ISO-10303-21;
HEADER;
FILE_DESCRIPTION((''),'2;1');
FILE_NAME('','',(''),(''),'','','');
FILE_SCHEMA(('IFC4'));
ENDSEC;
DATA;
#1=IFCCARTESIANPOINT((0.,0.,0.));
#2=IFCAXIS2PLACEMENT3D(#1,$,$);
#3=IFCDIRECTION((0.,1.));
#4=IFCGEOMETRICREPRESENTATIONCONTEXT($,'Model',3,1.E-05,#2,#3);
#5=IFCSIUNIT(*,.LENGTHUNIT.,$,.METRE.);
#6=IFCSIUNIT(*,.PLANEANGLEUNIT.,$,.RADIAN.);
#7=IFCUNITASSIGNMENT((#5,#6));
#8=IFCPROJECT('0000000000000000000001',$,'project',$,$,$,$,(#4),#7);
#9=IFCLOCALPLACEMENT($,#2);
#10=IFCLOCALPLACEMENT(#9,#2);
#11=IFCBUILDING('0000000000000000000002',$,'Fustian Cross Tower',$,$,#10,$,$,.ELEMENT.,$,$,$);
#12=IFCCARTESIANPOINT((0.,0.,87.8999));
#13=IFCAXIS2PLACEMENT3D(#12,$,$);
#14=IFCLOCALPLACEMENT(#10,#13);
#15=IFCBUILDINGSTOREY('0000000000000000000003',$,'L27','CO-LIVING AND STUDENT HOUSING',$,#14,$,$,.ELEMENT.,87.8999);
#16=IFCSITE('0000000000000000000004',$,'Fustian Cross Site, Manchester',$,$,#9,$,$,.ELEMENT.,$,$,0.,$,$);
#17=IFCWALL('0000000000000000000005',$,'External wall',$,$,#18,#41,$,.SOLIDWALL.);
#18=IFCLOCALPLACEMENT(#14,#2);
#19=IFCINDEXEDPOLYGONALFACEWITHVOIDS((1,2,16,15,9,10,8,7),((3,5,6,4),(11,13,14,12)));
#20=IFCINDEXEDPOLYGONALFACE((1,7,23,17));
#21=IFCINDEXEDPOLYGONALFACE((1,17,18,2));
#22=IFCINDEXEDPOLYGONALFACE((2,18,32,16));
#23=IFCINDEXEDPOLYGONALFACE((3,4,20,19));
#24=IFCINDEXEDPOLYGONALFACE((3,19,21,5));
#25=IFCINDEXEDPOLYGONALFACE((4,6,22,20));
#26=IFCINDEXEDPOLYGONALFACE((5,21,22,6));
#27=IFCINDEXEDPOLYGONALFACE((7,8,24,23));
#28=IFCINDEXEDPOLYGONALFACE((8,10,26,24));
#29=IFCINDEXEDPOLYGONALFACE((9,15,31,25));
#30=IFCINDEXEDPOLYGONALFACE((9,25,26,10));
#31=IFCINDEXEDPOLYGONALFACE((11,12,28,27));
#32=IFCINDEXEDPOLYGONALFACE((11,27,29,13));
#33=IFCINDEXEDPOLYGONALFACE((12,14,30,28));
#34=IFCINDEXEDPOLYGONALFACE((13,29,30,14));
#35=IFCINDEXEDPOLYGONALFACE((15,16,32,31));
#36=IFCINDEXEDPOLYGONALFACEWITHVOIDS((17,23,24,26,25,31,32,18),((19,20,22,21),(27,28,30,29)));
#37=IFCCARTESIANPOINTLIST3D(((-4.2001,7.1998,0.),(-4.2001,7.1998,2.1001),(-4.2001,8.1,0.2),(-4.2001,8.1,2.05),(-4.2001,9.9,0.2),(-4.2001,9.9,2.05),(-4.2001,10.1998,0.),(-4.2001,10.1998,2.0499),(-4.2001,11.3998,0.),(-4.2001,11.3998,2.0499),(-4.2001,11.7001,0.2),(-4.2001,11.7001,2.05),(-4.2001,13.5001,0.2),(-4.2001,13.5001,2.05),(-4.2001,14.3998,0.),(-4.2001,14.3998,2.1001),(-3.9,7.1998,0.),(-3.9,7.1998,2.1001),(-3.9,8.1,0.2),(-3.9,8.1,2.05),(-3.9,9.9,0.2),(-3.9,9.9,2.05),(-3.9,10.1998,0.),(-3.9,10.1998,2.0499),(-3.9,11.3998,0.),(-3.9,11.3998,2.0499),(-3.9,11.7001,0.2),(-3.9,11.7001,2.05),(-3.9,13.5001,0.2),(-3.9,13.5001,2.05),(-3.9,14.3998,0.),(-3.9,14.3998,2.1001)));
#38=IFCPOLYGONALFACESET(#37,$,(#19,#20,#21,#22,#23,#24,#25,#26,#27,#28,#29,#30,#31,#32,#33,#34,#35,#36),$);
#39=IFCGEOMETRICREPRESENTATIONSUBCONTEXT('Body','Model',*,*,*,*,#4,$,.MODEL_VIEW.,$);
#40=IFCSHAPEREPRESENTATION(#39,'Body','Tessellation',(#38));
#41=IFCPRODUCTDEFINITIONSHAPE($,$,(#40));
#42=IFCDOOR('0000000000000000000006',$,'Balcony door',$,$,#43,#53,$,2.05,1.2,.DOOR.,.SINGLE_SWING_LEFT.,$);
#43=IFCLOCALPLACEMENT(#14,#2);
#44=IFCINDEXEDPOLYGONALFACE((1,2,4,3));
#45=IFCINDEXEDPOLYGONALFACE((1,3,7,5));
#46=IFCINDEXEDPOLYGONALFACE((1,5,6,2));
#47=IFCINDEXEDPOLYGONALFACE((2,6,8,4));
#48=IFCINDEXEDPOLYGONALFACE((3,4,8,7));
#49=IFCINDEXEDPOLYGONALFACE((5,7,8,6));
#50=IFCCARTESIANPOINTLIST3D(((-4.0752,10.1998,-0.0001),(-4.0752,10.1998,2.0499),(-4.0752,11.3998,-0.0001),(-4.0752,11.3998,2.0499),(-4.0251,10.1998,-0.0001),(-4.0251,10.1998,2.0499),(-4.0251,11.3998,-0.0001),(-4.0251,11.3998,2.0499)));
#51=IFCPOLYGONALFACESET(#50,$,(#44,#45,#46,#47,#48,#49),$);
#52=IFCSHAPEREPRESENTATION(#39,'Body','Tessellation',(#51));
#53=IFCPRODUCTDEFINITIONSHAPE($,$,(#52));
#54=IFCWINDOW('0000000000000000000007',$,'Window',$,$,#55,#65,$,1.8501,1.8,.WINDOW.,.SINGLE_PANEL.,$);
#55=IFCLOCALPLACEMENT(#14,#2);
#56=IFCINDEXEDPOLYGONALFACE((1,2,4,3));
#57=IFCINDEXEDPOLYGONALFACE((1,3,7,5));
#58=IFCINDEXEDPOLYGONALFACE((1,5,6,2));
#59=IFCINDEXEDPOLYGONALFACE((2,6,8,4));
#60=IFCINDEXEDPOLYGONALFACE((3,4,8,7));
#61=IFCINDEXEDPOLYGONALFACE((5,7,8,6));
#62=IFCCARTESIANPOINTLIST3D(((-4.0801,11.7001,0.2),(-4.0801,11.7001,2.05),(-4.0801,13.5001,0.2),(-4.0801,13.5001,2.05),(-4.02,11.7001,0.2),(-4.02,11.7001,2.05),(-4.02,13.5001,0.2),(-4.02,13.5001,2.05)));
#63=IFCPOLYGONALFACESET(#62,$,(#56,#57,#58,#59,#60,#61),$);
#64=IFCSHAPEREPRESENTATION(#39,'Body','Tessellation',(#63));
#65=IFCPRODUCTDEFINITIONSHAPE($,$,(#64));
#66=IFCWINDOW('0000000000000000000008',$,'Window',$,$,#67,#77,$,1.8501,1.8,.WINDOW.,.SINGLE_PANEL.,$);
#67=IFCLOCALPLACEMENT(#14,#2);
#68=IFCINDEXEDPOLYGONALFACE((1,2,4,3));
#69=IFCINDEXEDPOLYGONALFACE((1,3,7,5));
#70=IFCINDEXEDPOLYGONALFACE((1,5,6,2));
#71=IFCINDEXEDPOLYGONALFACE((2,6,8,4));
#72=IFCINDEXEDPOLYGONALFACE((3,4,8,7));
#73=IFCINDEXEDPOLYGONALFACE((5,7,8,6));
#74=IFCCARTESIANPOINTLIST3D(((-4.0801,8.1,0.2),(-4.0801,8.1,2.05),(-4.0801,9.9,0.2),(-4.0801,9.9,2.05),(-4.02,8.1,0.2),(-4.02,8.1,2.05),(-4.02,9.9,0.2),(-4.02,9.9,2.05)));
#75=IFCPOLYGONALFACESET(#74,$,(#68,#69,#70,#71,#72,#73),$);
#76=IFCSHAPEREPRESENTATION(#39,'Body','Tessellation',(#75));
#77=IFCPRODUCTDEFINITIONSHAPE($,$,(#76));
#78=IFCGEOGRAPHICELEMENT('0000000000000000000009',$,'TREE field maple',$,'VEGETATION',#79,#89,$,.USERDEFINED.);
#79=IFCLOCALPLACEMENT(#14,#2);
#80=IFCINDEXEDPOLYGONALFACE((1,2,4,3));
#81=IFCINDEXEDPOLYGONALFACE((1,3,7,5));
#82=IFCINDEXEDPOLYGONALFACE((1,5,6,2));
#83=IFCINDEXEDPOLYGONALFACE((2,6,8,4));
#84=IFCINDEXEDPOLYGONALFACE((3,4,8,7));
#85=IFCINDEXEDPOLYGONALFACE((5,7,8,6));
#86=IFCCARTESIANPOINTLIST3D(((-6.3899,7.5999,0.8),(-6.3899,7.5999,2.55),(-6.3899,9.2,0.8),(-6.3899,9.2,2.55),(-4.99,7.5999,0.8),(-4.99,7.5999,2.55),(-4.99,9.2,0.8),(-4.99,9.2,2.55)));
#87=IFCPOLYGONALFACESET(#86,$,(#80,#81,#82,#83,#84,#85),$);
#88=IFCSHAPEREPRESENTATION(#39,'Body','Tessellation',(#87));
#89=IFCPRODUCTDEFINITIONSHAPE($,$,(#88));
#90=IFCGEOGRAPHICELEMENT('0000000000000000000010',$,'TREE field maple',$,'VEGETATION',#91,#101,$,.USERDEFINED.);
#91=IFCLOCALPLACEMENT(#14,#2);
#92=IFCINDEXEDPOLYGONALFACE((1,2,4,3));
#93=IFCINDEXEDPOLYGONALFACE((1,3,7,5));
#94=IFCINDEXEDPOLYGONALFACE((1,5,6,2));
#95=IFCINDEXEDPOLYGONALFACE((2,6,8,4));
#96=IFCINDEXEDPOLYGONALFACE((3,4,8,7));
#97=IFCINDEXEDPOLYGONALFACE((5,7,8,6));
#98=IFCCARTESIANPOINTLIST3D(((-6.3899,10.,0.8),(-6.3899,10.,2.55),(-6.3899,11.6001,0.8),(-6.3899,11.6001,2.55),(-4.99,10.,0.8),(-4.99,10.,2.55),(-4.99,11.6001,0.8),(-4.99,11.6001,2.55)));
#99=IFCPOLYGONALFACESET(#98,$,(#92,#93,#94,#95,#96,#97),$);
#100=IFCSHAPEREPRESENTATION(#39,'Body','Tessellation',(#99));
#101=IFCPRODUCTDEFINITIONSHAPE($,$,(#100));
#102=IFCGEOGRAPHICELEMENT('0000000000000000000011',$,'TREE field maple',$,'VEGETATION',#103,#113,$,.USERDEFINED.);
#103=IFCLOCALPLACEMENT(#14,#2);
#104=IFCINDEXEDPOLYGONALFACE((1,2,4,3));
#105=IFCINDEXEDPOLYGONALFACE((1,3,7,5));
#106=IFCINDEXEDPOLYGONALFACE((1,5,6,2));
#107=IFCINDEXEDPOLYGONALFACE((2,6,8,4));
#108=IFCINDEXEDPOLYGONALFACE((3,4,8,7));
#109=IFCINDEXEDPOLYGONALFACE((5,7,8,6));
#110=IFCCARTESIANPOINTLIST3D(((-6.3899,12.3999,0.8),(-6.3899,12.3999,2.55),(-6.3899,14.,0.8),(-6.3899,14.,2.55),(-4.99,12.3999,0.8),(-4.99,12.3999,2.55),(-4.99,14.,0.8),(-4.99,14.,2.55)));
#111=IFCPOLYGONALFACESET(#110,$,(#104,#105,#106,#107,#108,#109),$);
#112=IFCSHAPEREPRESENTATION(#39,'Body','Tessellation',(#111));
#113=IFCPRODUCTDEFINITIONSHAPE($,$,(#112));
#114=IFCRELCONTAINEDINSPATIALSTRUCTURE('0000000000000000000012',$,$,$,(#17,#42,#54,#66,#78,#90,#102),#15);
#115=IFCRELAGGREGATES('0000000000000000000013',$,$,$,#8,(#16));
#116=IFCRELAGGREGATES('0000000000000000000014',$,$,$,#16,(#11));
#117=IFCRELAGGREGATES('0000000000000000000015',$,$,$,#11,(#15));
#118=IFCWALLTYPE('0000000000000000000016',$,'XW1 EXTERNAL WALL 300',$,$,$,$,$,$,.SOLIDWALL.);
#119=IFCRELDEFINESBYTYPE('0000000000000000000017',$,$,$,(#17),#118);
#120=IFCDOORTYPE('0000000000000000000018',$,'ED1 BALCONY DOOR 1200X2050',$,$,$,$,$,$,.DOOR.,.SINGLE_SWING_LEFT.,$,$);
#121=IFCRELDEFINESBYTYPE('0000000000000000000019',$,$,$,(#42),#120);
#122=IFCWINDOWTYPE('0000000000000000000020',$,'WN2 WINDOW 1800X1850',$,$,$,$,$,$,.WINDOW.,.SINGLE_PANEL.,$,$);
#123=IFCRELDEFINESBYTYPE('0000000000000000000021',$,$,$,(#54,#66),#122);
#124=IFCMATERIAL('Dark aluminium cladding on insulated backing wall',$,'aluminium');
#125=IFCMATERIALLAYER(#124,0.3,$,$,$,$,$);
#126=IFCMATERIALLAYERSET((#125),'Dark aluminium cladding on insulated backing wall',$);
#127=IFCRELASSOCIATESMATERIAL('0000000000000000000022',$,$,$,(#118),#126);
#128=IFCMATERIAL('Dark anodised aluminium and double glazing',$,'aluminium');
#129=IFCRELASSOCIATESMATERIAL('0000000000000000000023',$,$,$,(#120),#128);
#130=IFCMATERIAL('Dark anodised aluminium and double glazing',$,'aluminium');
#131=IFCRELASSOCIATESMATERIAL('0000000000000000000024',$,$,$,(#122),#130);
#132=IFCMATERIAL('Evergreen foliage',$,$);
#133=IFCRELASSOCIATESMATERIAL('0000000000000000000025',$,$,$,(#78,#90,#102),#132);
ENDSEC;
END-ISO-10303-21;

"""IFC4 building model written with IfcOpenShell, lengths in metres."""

from ifc_helpers import new_model, si_unit, direction, frame, frame_2d, origin, origin_2d, place, context, subcontext, project, spatial, rectangle, extrude, material, layer, layer_set, type_object, element, fill, save


model = new_model("IFC4")

# Units and contexts
model_context = context("Model", 3, precision=1e-05, world=origin(), true_north=direction((0.0, 1.0)))
body_context = subcontext(model_context, "Body", "Model", "MODEL_VIEW")
ifc_project = project(units=[si_unit("LENGTHUNIT", "METRE"), si_unit("PLANEANGLEUNIT", "RADIAN")], contexts=[model_context])

# Site, building, storey
site_placement = place(None, origin())
site = spatial("IfcSite", under=ifc_project, at=site_placement, Name="Fustian Cross Site, Manchester", CompositionType="ELEMENT", RefElevation=0.0)
building_placement = place(site_placement, origin())
building = spatial("IfcBuilding", under=site, at=building_placement, Name="Fustian Cross Tower", CompositionType="ELEMENT")
storey_placement = place(building_placement, frame((0.0, 0.0, 87.8999)))
storey = spatial("IfcBuildingStorey", under=building, at=storey_placement, Name="L27", Description="CO-LIVING AND STUDENT HOUSING", CompositionType="ELEMENT", Elevation=87.8999)

# Shared definitions
ifc_material_1 = material(Name="Dark aluminium cladding on insulated backing wall", Category="aluminium")
ifc_layer_1 = layer(ifc_material_1, 0.3)
ifc_layer_set_1 = layer_set([ifc_layer_1], Name="Dark aluminium cladding on insulated backing wall")
wall_type_1 = type_object("IfcWallType", Name="XW1 EXTERNAL WALL 300", PredefinedType="SOLIDWALL", material=ifc_layer_set_1)

# Wall, openings, door, windows
wall_1_placement = place(storey_placement, frame((-4.05, 14.3999, 0.0), z_axis=(0.0, 0.0, 1.0), x_axis=(0.0, -1.0, 0.0)))
wall_1 = element("IfcWall", 1, at=wall_1_placement, inside=storey, type_object=wall_type_1, Name="External wall", PredefinedType="SOLIDWALL", context=body_context, shape_type="SweptSolid", body=[
    extrude(rectangle(XDim=7.2, YDim=0.3, at=frame_2d((3.6001, 0.0))), origin(), (0.0, 0.0, 1.0), 2.1001),
])
opening_1_placement = place(wall_1_placement, frame((3.0, 0.0, 0.0)))
opening_1 = element("IfcOpeningElement", 2, at=opening_1_placement, cuts=wall_1, PredefinedType="OPENING", context=body_context, shape_type="SweptSolid", body=[
    extrude(rectangle(XDim=1.2, YDim=2.05, at=frame_2d((0.6001, 1.0249))), frame((0.0, 0.1599, 0.0), z_axis=(0.0, -1.0, 0.0), x_axis=(1.0, 0.0, 0.0)), (0.0, 0.0, 1.0), 0.3201),
])
opening_2_placement = place(wall_1_placement, frame((0.8999, 0.0, 0.2)))
opening_2 = element("IfcOpeningElement", 3, at=opening_2_placement, cuts=wall_1, PredefinedType="OPENING", context=body_context, shape_type="SweptSolid", body=[
    extrude(rectangle(XDim=1.8, YDim=1.8501, at=frame_2d((0.8999, 0.925))), frame((0.0, 0.1599, 0.0), z_axis=(0.0, -1.0, 0.0), x_axis=(1.0, 0.0, 0.0)), (0.0, 0.0, 1.0), 0.3201),
])
opening_3_placement = place(wall_1_placement, frame((4.5, 0.0, 0.2)))
opening_3 = element("IfcOpeningElement", 4, at=opening_3_placement, cuts=wall_1, PredefinedType="OPENING", context=body_context, shape_type="SweptSolid", body=[
    extrude(rectangle(XDim=1.8, YDim=1.8501, at=frame_2d((0.8999, 0.925))), frame((0.0, 0.1599, 0.0), z_axis=(0.0, -1.0, 0.0), x_axis=(1.0, 0.0, 0.0)), (0.0, 0.0, 1.0), 0.3201),
])
ifc_material_2 = material(Name="Dark anodised aluminium and double glazing", Category="aluminium")
door_type_1 = type_object("IfcDoorType", Name="ED1 BALCONY DOOR 1200X2050", OperationType="SINGLE_SWING_LEFT", PredefinedType="DOOR", material=ifc_material_2)
door_1_placement = place(opening_1_placement, origin())
door_1 = element("IfcDoor", 5, at=door_1_placement, inside=storey, type_object=door_type_1, Name="Balcony door", OperationType="SINGLE_SWING_LEFT", OverallHeight=2.05, OverallWidth=1.2, PredefinedType="DOOR", context=body_context, shape_type="SweptSolid", body=[
    extrude(rectangle(XDim=1.2, YDim=2.05, at=frame_2d((0.6001, 1.0249))), frame((0.0, 0.0249, 0.0), z_axis=(0.0, -1.0, 0.0), x_axis=(1.0, 0.0, 0.0)), (0.0, 0.0, 1.0), 0.05),
])
fill(opening_1, door_1)
ifc_material_3 = material(Name="Dark anodised aluminium and double glazing", Category="aluminium")
window_type_1 = type_object("IfcWindowType", Name="WN2 WINDOW 1800X1850", PartitioningType="SINGLE_PANEL", PredefinedType="WINDOW", material=ifc_material_3)
window_1_placement = place(opening_2_placement, origin())
window_1 = element("IfcWindow", 6, at=window_1_placement, inside=storey, type_object=window_type_1, Name="Window", OverallHeight=1.8501, OverallWidth=1.8, PartitioningType="SINGLE_PANEL", PredefinedType="WINDOW", context=body_context, shape_type="SweptSolid", body=[
    extrude(rectangle(XDim=1.8, YDim=1.8501, at=frame_2d((0.8999, 0.925))), frame((0.0, 0.03, 0.0), z_axis=(0.0, -1.0, 0.0), x_axis=(1.0, 0.0, 0.0)), (0.0, 0.0, 1.0), 0.0601),
])
fill(opening_2, window_1)
window_2_placement = place(opening_3_placement, origin())
window_2 = element("IfcWindow", 7, at=window_2_placement, inside=storey, type_object=window_type_1, Name="Window", OverallHeight=1.8501, OverallWidth=1.8, PartitioningType="SINGLE_PANEL", PredefinedType="WINDOW", context=body_context, shape_type="SweptSolid", body=[
    extrude(rectangle(XDim=1.8, YDim=1.8501, at=frame_2d((0.8999, 0.925))), frame((0.0, 0.03, 0.0), z_axis=(0.0, -1.0, 0.0), x_axis=(1.0, 0.0, 0.0)), (0.0, 0.0, 1.0), 0.0601),
])
fill(opening_3, window_2)

# Geographic elements
ifc_material_4 = material(Name="Evergreen foliage")
for number, where, z_axis, x_axis, name in (
    (8, (-5.6899, 8.3999, 0.8), (0.0, 0.0, 1.0), (1.0, 0.0, 0.0), "TREE field maple"),
    (9, (-5.6899, 10.8, 0.8), (0.0, 0.0, 1.0), (1.0, 0.0, 0.0), "TREE field maple"),
    (10, (-5.6899, 13.2, 0.8), (0.0, 0.0, 1.0), (1.0, 0.0, 0.0), "TREE field maple"),
):
    element("IfcGeographicElement", number, at=place(storey_placement, frame(where, z_axis=z_axis, x_axis=x_axis)), inside=storey, material=ifc_material_4, Name=name, ObjectType="VEGETATION", PredefinedType="USERDEFINED", context=body_context, shape_type="SweptSolid", body=[
        extrude(rectangle(XDim=1.3999, YDim=1.6001, at=origin_2d()), origin(), (0.0, 0.0, 1.0), 1.75),
    ])

save(model, "model.ifc")
